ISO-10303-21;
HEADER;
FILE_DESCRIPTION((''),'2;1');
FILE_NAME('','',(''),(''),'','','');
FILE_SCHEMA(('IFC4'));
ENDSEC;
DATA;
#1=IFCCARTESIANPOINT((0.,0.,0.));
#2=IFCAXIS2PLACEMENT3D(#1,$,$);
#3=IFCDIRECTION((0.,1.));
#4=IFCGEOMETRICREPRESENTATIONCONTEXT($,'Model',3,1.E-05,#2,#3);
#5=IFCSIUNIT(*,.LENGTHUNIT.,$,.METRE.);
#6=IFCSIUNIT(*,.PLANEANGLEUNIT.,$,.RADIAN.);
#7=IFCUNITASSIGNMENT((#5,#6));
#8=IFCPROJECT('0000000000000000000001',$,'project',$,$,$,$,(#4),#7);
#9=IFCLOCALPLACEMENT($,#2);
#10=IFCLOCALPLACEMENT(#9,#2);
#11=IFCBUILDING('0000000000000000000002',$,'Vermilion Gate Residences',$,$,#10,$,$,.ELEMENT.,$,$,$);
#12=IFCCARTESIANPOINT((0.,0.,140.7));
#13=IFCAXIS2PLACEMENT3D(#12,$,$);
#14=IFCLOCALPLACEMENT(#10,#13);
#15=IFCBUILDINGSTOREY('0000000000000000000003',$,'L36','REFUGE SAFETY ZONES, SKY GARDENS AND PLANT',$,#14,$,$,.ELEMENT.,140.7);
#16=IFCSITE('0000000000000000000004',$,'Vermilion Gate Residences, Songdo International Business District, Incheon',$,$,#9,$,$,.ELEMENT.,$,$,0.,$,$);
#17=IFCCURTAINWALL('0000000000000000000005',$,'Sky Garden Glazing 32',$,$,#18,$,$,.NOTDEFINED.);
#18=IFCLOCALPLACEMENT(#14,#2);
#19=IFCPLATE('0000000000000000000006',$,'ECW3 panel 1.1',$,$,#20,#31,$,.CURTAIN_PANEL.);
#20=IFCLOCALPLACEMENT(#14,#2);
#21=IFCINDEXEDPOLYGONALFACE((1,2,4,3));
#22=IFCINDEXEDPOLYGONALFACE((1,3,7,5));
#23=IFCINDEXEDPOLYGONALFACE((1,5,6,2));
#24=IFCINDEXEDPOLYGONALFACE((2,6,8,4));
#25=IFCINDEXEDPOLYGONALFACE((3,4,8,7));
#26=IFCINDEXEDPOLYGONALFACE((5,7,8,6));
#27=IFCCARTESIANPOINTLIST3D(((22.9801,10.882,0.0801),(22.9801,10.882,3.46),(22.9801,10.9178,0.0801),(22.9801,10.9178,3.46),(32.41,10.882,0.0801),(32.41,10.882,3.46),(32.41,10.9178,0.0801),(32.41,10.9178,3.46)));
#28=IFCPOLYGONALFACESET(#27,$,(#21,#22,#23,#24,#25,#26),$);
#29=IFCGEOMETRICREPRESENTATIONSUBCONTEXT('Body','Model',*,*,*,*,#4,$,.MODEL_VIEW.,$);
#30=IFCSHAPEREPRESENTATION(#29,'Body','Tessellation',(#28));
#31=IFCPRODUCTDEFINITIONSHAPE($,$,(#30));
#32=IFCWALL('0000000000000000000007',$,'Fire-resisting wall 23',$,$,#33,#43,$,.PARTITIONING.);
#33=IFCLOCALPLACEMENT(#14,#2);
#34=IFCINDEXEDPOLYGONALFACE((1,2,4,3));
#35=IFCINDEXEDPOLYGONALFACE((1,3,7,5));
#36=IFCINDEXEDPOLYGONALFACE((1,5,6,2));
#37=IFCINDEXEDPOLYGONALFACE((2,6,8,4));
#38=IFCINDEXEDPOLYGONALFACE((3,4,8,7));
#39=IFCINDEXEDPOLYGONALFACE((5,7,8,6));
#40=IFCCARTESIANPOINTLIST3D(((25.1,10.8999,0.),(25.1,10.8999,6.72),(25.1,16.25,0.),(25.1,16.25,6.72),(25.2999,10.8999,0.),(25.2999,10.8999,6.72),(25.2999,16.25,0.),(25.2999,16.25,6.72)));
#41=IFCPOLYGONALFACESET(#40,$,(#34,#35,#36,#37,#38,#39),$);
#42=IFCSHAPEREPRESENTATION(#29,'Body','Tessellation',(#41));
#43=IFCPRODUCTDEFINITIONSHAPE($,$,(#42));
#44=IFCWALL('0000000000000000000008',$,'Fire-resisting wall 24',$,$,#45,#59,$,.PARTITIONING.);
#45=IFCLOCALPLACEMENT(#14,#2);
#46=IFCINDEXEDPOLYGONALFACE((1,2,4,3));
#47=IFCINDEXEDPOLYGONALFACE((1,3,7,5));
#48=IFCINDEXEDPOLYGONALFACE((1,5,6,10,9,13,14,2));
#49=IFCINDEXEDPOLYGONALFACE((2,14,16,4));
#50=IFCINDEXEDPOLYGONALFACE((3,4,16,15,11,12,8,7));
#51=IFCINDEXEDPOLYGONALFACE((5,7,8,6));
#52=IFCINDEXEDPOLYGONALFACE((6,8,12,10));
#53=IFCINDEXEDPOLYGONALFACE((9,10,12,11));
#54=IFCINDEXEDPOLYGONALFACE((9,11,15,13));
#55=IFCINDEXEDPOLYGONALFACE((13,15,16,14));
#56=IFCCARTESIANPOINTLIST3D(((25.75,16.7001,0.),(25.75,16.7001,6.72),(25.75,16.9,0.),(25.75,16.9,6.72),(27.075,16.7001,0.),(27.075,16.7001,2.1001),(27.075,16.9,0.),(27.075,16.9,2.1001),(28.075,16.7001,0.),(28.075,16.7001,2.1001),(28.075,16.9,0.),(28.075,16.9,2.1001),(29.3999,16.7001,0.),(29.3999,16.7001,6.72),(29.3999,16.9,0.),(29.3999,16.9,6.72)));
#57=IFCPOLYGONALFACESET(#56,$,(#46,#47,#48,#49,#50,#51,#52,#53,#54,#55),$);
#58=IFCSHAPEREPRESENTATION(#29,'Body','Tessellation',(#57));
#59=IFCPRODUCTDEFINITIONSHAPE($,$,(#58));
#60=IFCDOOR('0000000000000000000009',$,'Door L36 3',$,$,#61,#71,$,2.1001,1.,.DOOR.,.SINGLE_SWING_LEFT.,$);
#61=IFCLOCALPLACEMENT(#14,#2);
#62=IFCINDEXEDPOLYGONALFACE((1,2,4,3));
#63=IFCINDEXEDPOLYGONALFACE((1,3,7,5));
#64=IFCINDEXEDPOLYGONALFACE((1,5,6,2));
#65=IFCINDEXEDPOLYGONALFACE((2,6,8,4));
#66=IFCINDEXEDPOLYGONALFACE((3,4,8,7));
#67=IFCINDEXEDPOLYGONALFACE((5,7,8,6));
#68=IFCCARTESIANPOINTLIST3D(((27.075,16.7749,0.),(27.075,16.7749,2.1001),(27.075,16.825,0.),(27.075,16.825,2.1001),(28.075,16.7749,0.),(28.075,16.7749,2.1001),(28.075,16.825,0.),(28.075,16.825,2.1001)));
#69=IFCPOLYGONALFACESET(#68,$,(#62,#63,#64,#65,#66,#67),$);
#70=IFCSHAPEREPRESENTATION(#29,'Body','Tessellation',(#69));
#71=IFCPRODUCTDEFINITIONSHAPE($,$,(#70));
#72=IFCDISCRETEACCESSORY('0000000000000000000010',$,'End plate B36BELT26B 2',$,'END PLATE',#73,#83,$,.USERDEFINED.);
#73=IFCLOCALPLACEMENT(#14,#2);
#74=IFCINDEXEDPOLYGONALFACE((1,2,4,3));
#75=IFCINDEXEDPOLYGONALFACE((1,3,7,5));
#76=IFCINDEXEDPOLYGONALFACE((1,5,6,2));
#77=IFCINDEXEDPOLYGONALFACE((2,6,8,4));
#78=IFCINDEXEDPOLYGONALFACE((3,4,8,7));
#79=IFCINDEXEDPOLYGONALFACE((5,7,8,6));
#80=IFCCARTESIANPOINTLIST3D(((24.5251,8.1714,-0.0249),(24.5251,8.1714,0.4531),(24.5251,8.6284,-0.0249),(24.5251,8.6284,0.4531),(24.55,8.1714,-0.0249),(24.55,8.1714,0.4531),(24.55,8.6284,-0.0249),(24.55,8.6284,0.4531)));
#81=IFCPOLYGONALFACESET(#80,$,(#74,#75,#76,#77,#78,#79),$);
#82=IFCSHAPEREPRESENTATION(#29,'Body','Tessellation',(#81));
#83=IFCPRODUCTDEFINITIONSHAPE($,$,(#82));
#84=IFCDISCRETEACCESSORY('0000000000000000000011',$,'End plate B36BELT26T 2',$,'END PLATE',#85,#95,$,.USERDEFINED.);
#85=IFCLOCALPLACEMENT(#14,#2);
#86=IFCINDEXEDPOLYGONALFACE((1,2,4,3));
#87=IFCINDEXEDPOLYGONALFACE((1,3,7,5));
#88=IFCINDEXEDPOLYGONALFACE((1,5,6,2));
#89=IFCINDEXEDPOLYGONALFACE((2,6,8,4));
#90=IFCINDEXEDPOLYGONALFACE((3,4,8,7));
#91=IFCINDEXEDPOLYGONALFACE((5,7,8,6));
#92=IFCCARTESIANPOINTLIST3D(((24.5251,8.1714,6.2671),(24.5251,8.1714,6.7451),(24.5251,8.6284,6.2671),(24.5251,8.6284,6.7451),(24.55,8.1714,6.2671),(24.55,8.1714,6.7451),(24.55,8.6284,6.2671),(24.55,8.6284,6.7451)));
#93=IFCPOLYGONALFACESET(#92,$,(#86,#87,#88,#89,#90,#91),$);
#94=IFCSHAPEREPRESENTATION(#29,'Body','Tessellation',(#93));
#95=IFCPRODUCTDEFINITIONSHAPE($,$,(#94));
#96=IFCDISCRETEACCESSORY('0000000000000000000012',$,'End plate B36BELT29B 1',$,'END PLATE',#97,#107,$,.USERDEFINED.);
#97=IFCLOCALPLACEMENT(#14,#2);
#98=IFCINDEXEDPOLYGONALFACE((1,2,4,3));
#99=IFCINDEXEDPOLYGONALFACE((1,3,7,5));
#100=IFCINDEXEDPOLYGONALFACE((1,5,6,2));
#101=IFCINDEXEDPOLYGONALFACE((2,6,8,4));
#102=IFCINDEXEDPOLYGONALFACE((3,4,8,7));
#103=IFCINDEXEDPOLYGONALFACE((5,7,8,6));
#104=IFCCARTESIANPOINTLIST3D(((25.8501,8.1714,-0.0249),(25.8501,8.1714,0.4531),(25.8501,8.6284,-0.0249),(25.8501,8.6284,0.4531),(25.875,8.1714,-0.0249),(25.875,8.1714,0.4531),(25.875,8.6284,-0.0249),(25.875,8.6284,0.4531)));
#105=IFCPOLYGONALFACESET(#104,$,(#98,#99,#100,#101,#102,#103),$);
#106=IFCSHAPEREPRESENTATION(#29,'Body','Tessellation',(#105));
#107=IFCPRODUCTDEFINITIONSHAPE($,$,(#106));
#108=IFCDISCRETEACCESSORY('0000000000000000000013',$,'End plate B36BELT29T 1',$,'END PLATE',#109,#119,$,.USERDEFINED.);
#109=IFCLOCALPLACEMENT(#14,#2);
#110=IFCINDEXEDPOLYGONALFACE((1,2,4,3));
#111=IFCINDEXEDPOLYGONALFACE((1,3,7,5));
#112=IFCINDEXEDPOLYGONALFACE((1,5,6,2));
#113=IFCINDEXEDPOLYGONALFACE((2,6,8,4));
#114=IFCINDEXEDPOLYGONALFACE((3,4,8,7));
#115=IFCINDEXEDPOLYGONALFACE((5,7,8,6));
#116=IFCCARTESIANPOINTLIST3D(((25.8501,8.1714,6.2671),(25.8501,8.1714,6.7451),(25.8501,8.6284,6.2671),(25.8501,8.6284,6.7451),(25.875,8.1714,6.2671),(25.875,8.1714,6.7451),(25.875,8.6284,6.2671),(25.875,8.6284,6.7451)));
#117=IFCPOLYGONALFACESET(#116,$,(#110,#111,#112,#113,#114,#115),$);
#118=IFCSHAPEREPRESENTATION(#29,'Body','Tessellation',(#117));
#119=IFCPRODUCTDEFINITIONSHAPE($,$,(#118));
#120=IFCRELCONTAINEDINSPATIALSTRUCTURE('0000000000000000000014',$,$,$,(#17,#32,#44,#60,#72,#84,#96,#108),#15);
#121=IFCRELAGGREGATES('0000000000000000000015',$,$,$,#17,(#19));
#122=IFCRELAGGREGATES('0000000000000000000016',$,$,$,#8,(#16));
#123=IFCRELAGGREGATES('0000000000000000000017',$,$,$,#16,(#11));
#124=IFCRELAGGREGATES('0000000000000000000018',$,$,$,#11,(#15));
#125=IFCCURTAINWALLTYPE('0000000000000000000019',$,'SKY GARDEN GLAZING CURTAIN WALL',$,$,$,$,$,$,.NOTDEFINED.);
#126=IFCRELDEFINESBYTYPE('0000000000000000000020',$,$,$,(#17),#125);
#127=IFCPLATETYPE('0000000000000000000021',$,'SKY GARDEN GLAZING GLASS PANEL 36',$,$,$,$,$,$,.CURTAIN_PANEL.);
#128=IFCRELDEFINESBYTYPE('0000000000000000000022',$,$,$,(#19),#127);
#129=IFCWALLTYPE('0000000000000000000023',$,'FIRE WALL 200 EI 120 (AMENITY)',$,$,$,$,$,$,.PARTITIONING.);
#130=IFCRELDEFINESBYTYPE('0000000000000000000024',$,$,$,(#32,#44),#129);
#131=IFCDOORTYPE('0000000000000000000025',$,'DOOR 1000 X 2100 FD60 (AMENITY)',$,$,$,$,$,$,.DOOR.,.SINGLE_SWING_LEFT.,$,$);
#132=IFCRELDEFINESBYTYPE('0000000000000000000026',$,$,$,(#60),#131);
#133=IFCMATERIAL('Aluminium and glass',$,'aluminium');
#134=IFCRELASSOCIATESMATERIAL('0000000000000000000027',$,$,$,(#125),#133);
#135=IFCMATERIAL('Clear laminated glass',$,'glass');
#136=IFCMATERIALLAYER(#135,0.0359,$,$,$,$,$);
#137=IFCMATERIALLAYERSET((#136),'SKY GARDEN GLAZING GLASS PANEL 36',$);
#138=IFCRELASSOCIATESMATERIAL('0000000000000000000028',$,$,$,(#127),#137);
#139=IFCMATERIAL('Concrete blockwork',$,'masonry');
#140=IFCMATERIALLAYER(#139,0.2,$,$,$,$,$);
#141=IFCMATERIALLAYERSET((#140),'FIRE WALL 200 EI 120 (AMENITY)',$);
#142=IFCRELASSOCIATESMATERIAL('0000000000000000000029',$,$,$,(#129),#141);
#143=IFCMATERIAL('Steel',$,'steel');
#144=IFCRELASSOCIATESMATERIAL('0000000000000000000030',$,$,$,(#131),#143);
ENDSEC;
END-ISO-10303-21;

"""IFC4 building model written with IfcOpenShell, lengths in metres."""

from ifc_helpers import new_model, si_unit, direction, frame, frame_2d, origin, origin_2d, place, context, subcontext, project, spatial, rectangle, extrude, material, layer, layer_set, type_object, element, fill, aggregate, save


model = new_model("IFC4")

# Units and contexts
model_context = context("Model", 3, precision=1e-05, world=origin(), true_north=direction((0.0, 1.0)))
body_context = subcontext(model_context, "Body", "Model", "MODEL_VIEW")
ifc_project = project(units=[si_unit("LENGTHUNIT", "METRE"), si_unit("PLANEANGLEUNIT", "RADIAN")], contexts=[model_context])

# Site, building, storey
site_placement = place(None, origin())
site = spatial("IfcSite", under=ifc_project, at=site_placement, Name="Vermilion Gate Residences, Songdo International Business District, Incheon", CompositionType="ELEMENT", RefElevation=0.0)
building_placement = place(site_placement, origin())
building = spatial("IfcBuilding", under=site, at=building_placement, Name="Vermilion Gate Residences", CompositionType="ELEMENT")
storey_placement = place(building_placement, frame((0.0, 0.0, 140.7)))
storey = spatial("IfcBuildingStorey", under=building, at=storey_placement, Name="L36", Description="REFUGE SAFETY ZONES, SKY GARDENS AND PLANT", CompositionType="ELEMENT", Elevation=140.7)

# Shared definitions
ifc_material_1 = material(Name="Aluminium and glass", Category="aluminium")
curtain_wall_type = type_object("IfcCurtainWallType", Name="SKY GARDEN GLAZING CURTAIN WALL", PredefinedType="NOTDEFINED", material=ifc_material_1)

# Curtain wall
curtain_wall_1_placement = place(storey_placement, origin())
curtain_wall_1 = element("IfcCurtainWall", 1, at=curtain_wall_1_placement, inside=storey, type_object=curtain_wall_type, Name="Sky Garden Glazing 32", PredefinedType="NOTDEFINED")

# Plate
ifc_material_2 = material(Name="Clear laminated glass", Category="glass")
ifc_layer_1 = layer(ifc_material_2, 0.0359)
ifc_layer_set_1 = layer_set([ifc_layer_1], Name="SKY GARDEN GLAZING GLASS PANEL 36")
plate_type = type_object("IfcPlateType", Name="SKY GARDEN GLAZING GLASS PANEL 36", PredefinedType="CURTAIN_PANEL", material=ifc_layer_set_1)
plate_placement = place(storey_placement, frame((27.6951, 10.8999, 0.0801), z_axis=(0.0, 0.0, 1.0), x_axis=(1.0, 0.0, 0.0)))
plate = element("IfcPlate", 2, at=plate_placement, type_object=plate_type, Name="ECW3 panel 1.1", PredefinedType="CURTAIN_PANEL", context=body_context, shape_type="SweptSolid", body=[
    extrude(rectangle(XDim=9.4299, YDim=0.0359, at=origin_2d()), origin(), (0.0, 0.0, 1.0), 3.3799),
])
aggregate(curtain_wall_1, [plate])

# Wall
ifc_material_3 = material(Name="Concrete blockwork", Category="masonry")
ifc_layer_2 = layer(ifc_material_3, 0.2)
ifc_layer_set_2 = layer_set([ifc_layer_2], Name="FIRE WALL 200 EI 120 (AMENITY)")
wall_type = type_object("IfcWallType", Name="FIRE WALL 200 EI 120 (AMENITY)", PredefinedType="PARTITIONING", material=ifc_layer_set_2)
wall_1_placement = place(storey_placement, frame((25.2, 10.8999, 0.0), z_axis=(0.0, 0.0, 1.0), x_axis=(0.0, 1.0, 0.0)))
element("IfcWall", 3, at=wall_1_placement, inside=storey, type_object=wall_type, Name="Fire-resisting wall 23", PredefinedType="PARTITIONING", context=body_context, shape_type="SweptSolid", body=[
    extrude(rectangle(XDim=5.3501, YDim=0.2, at=frame_2d((2.675, 0.0))), origin(), (0.0, 0.0, 1.0), 6.72),
])

# Wall, opening, door
wall_2_placement = place(storey_placement, frame((25.75, 16.8, 0.0), z_axis=(0.0, 0.0, 1.0), x_axis=(1.0, 0.0, 0.0)))
wall_2 = element("IfcWall", 4, at=wall_2_placement, inside=storey, type_object=wall_type, Name="Fire-resisting wall 24", PredefinedType="PARTITIONING", context=body_context, shape_type="SweptSolid", body=[
    extrude(rectangle(XDim=3.6499, YDim=0.2, at=frame_2d((1.825, 0.0))), origin(), (0.0, 0.0, 1.0), 6.72),
])
opening_placement = place(wall_2_placement, frame((1.325, 0.0, 0.0)))
opening = element("IfcOpeningElement", 5, at=opening_placement, cuts=wall_2, PredefinedType="OPENING", context=body_context, shape_type="SweptSolid", body=[
    extrude(rectangle(XDim=1.0, YDim=2.1001, at=frame_2d((0.5, 1.05))), frame((0.0, 0.1099, 0.0), z_axis=(0.0, -1.0, 0.0), x_axis=(1.0, 0.0, 0.0)), (0.0, 0.0, 1.0), 0.22),
])
ifc_material_4 = material(Name="Steel", Category="steel")
door_type = type_object("IfcDoorType", Name="DOOR 1000 X 2100 FD60 (AMENITY)", OperationType="SINGLE_SWING_LEFT", PredefinedType="DOOR", material=ifc_material_4)
door_placement = place(opening_placement, origin())
door = element("IfcDoor", 6, at=door_placement, inside=storey, type_object=door_type, Name="Door L36 3", OperationType="SINGLE_SWING_LEFT", OverallHeight=2.1001, OverallWidth=1.0, PredefinedType="DOOR", context=body_context, shape_type="SweptSolid", body=[
    extrude(rectangle(XDim=1.0, YDim=2.1001, at=frame_2d((0.5, 1.05))), frame((0.0, 0.0249, 0.0), z_axis=(0.0, -1.0, 0.0), x_axis=(1.0, 0.0, 0.0)), (0.0, 0.0, 1.0), 0.05),
])
fill(opening, door)

# Discrete accessories
for number, where, z_axis, x_axis, name in (
    (7, (24.5376, 8.3999, -0.0249), (0.0, 0.0, 1.0), (1.0, 0.0, 0.0), "End plate B36BELT26B 2"),
    (8, (24.5376, 8.3999, 6.2671), (0.0, 0.0, 1.0), (1.0, 0.0, 0.0), "End plate B36BELT26T 2"),
    (9, (25.8625, 8.3999, -0.0249), (0.0, 0.0, 1.0), (1.0, 0.0, 0.0), "End plate B36BELT29B 1"),
    (10, (25.8625, 8.3999, 6.2671), (0.0, 0.0, 1.0), (1.0, 0.0, 0.0), "End plate B36BELT29T 1"),
):
    element("IfcDiscreteAccessory", number, at=place(storey_placement, frame(where, z_axis=z_axis, x_axis=x_axis)), inside=storey, Name=name, ObjectType="END PLATE", PredefinedType="USERDEFINED", context=body_context, shape_type="SweptSolid", body=[
        extrude(rectangle(XDim=0.0249, YDim=0.457, at=origin_2d()), origin(), (0.0, 0.0, 1.0), 0.478),
    ])

save(model, "model.ifc")
